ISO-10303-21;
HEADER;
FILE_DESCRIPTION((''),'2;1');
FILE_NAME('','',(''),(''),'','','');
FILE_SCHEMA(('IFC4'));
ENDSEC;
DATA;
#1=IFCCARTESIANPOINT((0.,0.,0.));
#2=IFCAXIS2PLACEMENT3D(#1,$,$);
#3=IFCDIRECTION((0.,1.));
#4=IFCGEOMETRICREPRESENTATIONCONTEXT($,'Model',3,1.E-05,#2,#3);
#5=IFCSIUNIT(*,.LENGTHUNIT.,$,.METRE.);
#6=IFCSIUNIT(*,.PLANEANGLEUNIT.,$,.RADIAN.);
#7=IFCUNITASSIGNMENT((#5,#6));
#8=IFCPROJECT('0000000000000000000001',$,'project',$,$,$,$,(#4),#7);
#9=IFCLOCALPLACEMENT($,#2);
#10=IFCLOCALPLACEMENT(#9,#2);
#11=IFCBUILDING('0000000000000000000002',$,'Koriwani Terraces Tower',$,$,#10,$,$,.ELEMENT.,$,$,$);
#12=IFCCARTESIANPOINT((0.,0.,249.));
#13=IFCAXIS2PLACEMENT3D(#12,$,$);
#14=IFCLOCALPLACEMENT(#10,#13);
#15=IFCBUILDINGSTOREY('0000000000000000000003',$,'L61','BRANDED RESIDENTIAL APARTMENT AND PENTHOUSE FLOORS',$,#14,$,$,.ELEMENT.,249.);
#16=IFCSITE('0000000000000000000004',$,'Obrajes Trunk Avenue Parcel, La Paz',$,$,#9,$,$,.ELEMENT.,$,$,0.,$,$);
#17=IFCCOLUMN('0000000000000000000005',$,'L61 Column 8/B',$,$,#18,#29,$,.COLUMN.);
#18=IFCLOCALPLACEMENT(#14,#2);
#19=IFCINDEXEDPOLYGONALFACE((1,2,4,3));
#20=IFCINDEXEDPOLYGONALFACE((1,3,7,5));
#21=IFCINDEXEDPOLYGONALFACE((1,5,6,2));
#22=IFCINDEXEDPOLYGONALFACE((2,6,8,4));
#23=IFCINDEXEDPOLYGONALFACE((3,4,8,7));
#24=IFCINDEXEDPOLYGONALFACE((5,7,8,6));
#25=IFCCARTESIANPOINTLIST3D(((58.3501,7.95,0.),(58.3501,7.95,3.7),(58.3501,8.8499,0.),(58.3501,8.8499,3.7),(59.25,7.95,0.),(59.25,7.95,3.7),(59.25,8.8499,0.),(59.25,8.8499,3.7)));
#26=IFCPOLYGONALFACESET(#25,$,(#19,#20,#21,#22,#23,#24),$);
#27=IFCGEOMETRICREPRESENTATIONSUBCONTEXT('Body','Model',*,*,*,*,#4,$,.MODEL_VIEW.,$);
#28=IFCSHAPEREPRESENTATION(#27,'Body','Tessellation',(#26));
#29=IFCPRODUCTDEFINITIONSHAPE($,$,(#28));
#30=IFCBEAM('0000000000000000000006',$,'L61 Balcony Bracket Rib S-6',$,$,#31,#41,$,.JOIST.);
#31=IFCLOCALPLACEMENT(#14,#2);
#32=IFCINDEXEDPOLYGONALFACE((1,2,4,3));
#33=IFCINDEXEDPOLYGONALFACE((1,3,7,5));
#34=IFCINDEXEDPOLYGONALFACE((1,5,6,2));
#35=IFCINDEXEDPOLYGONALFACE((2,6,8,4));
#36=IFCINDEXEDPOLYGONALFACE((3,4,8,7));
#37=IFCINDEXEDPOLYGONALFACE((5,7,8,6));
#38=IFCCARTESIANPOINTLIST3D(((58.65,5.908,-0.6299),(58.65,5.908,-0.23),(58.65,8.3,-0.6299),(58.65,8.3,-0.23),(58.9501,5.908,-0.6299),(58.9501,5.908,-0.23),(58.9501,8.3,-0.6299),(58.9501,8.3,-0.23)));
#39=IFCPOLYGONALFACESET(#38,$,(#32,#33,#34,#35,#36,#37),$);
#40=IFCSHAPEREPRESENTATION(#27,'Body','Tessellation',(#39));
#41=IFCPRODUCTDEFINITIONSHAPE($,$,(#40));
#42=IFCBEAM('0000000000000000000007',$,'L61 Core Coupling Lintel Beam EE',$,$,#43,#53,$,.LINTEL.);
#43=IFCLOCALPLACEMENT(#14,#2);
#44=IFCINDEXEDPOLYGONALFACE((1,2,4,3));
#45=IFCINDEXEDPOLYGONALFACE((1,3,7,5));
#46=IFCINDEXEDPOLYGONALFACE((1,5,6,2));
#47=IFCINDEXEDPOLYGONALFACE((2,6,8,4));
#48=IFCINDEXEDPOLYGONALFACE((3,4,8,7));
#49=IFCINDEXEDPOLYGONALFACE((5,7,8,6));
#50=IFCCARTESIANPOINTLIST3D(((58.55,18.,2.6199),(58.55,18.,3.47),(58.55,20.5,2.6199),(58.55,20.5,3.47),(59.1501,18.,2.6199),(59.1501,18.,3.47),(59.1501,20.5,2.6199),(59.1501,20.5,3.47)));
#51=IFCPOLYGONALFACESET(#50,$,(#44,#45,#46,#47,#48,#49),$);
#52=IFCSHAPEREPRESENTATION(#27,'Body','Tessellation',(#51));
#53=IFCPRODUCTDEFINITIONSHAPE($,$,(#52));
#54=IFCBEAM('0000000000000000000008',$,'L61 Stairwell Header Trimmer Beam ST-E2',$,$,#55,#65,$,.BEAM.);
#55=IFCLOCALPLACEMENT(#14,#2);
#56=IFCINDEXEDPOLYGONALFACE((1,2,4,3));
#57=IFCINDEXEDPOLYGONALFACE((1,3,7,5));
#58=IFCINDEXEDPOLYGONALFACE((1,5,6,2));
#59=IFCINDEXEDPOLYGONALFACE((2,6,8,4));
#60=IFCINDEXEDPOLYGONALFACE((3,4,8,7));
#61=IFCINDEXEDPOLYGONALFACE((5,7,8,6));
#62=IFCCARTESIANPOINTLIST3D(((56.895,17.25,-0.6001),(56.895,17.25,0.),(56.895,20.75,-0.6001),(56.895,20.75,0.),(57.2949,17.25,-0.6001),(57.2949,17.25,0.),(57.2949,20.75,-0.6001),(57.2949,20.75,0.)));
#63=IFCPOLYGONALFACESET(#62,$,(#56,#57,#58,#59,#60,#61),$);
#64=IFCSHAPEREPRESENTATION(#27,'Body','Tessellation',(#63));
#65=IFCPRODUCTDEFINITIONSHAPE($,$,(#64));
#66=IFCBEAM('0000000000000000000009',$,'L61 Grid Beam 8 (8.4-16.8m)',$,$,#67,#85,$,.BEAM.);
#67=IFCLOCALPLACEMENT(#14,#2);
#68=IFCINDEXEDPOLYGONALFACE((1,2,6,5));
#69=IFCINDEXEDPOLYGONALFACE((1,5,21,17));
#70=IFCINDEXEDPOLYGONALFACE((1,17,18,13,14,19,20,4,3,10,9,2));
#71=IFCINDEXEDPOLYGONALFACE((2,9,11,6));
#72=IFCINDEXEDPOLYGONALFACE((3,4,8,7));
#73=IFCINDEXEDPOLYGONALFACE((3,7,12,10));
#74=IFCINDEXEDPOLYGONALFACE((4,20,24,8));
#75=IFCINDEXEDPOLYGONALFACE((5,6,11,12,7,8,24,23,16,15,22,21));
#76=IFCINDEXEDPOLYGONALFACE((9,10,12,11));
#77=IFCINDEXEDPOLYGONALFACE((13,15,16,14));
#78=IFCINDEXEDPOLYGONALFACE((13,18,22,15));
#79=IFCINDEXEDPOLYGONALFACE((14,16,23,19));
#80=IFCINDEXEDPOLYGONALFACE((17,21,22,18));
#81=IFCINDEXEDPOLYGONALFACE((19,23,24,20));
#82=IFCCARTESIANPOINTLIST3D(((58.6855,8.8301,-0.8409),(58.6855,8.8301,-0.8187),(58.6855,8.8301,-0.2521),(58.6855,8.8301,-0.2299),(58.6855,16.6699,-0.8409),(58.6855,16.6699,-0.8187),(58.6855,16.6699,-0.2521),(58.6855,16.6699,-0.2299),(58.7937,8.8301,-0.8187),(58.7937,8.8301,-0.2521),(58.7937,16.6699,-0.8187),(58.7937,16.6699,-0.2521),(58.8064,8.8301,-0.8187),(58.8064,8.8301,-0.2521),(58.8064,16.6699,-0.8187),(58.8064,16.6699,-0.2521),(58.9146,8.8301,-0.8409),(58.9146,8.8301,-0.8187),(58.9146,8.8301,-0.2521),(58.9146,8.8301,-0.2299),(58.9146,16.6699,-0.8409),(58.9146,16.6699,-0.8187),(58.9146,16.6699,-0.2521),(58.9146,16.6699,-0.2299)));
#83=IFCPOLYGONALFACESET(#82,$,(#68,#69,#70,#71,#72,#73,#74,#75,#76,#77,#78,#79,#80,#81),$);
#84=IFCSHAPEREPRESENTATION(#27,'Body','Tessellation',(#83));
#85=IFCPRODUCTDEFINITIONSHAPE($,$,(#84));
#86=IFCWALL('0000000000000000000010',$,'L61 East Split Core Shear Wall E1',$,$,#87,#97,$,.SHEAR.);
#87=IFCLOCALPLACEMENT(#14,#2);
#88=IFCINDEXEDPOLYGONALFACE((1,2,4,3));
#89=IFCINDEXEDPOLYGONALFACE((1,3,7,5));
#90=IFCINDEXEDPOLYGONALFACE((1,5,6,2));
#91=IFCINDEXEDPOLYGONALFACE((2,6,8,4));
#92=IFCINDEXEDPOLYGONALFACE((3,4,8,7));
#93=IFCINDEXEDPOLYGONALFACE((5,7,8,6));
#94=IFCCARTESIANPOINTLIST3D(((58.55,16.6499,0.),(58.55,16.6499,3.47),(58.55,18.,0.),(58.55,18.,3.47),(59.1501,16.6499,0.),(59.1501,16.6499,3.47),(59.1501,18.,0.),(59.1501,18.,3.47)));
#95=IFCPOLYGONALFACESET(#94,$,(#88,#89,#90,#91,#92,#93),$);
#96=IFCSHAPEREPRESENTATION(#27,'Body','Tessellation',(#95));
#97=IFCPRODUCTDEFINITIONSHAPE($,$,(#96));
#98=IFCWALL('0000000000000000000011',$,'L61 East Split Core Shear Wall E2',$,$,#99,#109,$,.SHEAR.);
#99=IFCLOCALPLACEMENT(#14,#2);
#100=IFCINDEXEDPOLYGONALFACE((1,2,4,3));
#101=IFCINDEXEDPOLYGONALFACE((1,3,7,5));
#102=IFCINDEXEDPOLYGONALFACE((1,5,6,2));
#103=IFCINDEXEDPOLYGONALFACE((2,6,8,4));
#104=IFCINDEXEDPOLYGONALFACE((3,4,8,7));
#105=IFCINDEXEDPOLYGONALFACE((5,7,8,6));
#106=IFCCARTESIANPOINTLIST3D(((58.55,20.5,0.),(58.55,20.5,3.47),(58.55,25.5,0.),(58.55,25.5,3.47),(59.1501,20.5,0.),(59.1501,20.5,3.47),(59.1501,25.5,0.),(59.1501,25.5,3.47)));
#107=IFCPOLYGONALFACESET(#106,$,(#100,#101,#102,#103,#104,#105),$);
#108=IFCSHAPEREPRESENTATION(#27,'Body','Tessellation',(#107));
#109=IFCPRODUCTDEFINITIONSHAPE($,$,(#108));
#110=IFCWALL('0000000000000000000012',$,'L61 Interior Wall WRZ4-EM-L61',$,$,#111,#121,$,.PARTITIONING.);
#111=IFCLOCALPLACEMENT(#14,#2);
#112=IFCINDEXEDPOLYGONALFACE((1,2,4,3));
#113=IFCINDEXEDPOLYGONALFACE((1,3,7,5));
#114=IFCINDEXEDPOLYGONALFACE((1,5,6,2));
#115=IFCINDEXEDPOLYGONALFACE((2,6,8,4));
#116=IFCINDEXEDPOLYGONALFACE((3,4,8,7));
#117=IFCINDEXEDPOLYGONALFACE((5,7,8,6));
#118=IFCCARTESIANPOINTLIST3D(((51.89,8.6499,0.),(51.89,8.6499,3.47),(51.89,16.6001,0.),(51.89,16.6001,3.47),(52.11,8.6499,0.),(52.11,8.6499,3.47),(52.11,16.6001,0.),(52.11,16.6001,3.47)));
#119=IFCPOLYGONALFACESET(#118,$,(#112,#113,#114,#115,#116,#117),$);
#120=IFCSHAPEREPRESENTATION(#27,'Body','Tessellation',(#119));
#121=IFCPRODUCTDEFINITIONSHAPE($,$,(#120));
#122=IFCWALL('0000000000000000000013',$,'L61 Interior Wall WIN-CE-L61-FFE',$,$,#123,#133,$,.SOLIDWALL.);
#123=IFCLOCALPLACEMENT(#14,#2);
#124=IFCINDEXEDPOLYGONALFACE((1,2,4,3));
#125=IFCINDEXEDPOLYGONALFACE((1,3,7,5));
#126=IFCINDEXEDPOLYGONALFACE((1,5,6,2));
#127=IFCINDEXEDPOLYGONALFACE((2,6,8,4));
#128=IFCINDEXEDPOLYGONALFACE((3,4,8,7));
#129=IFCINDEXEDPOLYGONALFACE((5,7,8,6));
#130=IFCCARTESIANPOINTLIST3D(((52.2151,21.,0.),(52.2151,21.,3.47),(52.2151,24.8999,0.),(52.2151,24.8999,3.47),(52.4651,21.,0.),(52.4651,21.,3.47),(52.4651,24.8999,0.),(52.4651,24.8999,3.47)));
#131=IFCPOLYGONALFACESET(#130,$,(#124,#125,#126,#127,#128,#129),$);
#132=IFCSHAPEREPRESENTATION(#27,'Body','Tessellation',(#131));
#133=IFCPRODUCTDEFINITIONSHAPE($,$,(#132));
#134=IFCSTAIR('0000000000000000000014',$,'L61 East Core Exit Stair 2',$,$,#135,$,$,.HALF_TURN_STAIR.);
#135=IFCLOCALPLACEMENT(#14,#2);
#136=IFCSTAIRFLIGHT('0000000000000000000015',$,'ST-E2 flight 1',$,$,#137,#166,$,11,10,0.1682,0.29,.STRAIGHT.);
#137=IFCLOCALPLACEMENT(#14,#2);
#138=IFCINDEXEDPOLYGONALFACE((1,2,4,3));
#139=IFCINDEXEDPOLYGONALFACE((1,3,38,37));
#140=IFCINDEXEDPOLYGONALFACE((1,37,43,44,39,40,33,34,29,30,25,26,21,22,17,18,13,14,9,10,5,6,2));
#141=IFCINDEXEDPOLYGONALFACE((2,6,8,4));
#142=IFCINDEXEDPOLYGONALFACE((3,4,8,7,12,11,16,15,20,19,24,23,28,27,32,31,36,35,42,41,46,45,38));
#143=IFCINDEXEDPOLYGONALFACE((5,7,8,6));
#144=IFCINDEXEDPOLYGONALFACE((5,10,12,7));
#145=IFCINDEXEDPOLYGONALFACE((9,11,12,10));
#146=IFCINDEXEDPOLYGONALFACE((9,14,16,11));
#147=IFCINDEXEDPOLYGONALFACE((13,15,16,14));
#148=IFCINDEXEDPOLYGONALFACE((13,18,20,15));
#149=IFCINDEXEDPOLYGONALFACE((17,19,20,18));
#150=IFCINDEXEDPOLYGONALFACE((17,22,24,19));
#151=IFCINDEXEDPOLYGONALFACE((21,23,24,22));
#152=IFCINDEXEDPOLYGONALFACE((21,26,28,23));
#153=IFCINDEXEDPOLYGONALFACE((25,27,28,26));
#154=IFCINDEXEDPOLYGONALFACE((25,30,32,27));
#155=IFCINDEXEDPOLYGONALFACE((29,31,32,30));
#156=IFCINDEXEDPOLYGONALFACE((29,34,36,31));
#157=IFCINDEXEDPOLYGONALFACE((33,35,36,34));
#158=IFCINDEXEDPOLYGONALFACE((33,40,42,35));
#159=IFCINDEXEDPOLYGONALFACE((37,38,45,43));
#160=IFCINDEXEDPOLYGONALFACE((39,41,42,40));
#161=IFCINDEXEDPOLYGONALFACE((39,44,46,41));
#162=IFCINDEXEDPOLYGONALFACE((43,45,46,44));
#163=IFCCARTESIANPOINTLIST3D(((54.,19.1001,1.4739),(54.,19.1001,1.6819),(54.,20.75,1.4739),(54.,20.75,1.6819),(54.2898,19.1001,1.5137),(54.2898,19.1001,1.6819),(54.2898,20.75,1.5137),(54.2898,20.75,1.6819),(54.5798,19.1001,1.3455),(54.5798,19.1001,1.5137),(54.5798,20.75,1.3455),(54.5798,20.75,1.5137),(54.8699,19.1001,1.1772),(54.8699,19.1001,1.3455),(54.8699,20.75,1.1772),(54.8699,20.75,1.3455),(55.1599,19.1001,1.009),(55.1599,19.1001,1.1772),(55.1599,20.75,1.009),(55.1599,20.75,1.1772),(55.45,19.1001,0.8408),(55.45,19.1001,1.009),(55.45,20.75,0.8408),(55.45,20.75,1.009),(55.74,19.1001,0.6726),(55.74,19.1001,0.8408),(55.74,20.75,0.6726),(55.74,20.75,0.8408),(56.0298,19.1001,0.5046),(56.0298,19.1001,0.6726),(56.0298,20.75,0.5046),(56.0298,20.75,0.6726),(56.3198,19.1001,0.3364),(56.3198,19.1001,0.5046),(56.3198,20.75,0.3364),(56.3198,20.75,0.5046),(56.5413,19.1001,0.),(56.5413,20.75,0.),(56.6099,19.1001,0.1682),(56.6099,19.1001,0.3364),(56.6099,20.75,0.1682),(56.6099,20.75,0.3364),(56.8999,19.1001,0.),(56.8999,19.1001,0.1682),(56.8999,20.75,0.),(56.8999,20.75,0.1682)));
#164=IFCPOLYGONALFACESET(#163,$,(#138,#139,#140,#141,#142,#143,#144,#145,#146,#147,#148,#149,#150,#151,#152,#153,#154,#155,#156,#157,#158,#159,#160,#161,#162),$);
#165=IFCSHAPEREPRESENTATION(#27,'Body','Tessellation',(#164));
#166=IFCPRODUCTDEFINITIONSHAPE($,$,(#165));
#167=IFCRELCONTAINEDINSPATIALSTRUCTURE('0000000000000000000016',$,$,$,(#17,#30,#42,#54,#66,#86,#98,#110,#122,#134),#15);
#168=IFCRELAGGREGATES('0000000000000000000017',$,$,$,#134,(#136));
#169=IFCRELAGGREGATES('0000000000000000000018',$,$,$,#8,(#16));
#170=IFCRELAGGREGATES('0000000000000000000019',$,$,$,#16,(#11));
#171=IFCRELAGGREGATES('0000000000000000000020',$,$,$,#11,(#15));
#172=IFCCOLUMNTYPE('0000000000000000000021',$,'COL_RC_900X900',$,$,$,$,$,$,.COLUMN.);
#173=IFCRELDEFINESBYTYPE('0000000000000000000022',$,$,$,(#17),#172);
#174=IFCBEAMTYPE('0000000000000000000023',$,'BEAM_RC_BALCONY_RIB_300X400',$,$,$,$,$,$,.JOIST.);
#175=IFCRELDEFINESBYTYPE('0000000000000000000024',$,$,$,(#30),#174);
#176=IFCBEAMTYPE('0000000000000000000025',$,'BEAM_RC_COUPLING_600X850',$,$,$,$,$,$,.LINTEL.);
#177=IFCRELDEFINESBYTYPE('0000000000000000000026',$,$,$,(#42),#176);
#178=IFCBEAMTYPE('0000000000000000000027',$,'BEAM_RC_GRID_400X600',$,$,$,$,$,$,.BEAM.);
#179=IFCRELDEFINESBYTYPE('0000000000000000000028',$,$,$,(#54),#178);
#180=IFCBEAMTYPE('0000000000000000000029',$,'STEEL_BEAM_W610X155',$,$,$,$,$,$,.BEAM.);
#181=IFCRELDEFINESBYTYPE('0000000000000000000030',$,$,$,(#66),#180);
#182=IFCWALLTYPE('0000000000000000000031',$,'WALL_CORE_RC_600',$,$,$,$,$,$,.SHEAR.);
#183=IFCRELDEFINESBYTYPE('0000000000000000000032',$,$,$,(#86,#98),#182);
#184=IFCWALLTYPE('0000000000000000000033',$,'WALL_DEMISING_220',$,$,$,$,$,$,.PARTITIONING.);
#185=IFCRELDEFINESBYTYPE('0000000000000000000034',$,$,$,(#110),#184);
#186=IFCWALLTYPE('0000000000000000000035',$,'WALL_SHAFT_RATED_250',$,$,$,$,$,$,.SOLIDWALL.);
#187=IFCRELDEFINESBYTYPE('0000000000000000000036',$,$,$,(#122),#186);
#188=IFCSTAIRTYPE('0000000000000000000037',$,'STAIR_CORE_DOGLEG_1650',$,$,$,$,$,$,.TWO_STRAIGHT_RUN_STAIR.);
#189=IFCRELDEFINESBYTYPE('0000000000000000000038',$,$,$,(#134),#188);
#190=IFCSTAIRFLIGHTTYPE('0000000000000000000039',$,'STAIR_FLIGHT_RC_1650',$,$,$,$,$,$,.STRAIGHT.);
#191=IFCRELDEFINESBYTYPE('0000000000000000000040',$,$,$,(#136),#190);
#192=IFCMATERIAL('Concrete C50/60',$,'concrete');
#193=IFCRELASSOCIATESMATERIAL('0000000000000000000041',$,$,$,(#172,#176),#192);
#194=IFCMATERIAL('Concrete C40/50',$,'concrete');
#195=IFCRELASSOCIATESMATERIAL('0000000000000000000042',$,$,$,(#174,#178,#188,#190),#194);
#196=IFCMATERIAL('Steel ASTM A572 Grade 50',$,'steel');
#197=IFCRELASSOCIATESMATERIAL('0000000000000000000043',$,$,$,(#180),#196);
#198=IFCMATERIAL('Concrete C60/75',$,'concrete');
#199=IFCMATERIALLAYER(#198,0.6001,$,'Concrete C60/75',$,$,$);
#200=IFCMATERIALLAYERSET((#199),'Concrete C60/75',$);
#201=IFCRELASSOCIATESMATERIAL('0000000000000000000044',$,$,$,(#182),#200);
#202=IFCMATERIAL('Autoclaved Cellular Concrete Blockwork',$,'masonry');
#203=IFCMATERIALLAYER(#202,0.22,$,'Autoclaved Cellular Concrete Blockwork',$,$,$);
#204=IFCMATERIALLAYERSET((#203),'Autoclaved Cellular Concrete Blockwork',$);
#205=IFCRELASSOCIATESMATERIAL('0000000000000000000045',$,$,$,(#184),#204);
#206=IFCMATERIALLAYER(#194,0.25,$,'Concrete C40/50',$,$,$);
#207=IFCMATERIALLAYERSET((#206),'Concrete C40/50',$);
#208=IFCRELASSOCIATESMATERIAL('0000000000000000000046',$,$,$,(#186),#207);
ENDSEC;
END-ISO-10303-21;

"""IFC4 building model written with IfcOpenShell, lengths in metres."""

from ifc_helpers import new_model, si_unit, direction, frame, frame_2d, origin, origin_2d, place, context, subcontext, project, spatial, polyline, rectangle, i_section, outline, extrude, material, layer, layer_set, material_profile, profile_set, type_object, element, aggregate, save


model = new_model("IFC4")

# Units and contexts
model_context = context("Model", 3, precision=1e-05, world=origin(), true_north=direction((0.0, 1.0)))
body_context = subcontext(model_context, "Body", "Model", "MODEL_VIEW")
ifc_project = project(units=[si_unit("LENGTHUNIT", "METRE"), si_unit("PLANEANGLEUNIT", "RADIAN")], contexts=[model_context])

# Site, building, storey
site_placement = place(None, origin())
site = spatial("IfcSite", under=ifc_project, at=site_placement, Name="Obrajes Trunk Avenue Parcel, La Paz", CompositionType="ELEMENT", RefElevation=0.0)
building_placement = place(site_placement, origin())
building = spatial("IfcBuilding", under=site, at=building_placement, Name="Koriwani Terraces Tower", CompositionType="ELEMENT")
storey_placement = place(building_placement, frame((0.0, 0.0, 249.0)))
storey = spatial("IfcBuildingStorey", under=building, at=storey_placement, Name="L61", Description="BRANDED RESIDENTIAL APARTMENT AND PENTHOUSE FLOORS", CompositionType="ELEMENT", Elevation=249.0)

# Column
ifc_material_1 = material(Name="Concrete C50/60", Category="concrete")
ifc_material_profile_1 = material_profile(ifc_material_1, rectangle(XDim=0.8999, YDim=0.8999, at=origin_2d()), Name="Concrete C50/60", Category="LoadBearing")
ifc_profile_set_1 = profile_set([ifc_material_profile_1], Name="Concrete C50/60")
column_type = type_object("IfcColumnType", Name="COL_RC_900X900", PredefinedType="COLUMN", material=ifc_profile_set_1)
column_placement = place(storey_placement, frame((58.8, 8.3999, 0.0), z_axis=(0.0, 0.0, 1.0), x_axis=(1.0, 0.0, 0.0)))
element("IfcColumn", 1, at=column_placement, inside=storey, type_object=column_type, Name="L61 Column 8/B", PredefinedType="COLUMN", context=body_context, shape_type="SweptSolid", body=[
    extrude(rectangle(XDim=0.8999, YDim=0.8999, at=origin_2d()), origin(), (0.0, 0.0, 1.0), 3.7),
])

# Beams
ifc_material_2 = material(Name="Concrete C40/50", Category="concrete")
ifc_material_profile_2 = material_profile(ifc_material_2, rectangle(XDim=0.3, YDim=0.3999, at=origin_2d()), Name="Concrete C40/50", Category="LoadBearing")
ifc_profile_set_2 = profile_set([ifc_material_profile_2], Name="Concrete C40/50")
beam_type_1 = type_object("IfcBeamType", Name="BEAM_RC_BALCONY_RIB_300X400", PredefinedType="JOIST", material=ifc_profile_set_2)
beam_1_placement = place(storey_placement, frame((58.8, 5.908, -0.4299), z_axis=(0.0, 1.0, 0.0), x_axis=(-1.0, 0.0, 0.0)))
element("IfcBeam", 2, at=beam_1_placement, inside=storey, type_object=beam_type_1, Name="L61 Balcony Bracket Rib S-6", PredefinedType="JOIST", context=body_context, shape_type="SweptSolid", body=[
    extrude(rectangle(XDim=0.3, YDim=0.3999, at=origin_2d()), origin(), (0.0, 0.0, 1.0), 2.3921),
])
ifc_material_profile_3 = material_profile(ifc_material_1, rectangle(XDim=0.6001, YDim=0.8501, at=origin_2d()), Name="Concrete C50/60", Category="LoadBearing")
ifc_profile_set_3 = profile_set([ifc_material_profile_3], Name="Concrete C50/60")
beam_type_2 = type_object("IfcBeamType", Name="BEAM_RC_COUPLING_600X850", PredefinedType="LINTEL", material=ifc_profile_set_3)
beam_2_placement = place(storey_placement, frame((58.8501, 18.0, 3.0449), z_axis=(0.0, 1.0, 0.0), x_axis=(-1.0, 0.0, 0.0)))
element("IfcBeam", 3, at=beam_2_placement, inside=storey, type_object=beam_type_2, Name="L61 Core Coupling Lintel Beam EE", PredefinedType="LINTEL", context=body_context, shape_type="SweptSolid", body=[
    extrude(rectangle(XDim=0.6001, YDim=0.8501, at=origin_2d()), origin(), (0.0, 0.0, 1.0), 2.5),
])
ifc_material_profile_4 = material_profile(ifc_material_2, rectangle(XDim=0.3999, YDim=0.6001, at=origin_2d()), Name="Concrete C40/50", Category="LoadBearing")
ifc_profile_set_4 = profile_set([ifc_material_profile_4], Name="Concrete C40/50")
beam_type_3 = type_object("IfcBeamType", Name="BEAM_RC_GRID_400X600", PredefinedType="BEAM", material=ifc_profile_set_4)
beam_3_placement = place(storey_placement, frame((57.095, 17.25, -0.3), z_axis=(0.0, 1.0, 0.0), x_axis=(-1.0, 0.0, 0.0)))
element("IfcBeam", 4, at=beam_3_placement, inside=storey, type_object=beam_type_3, Name="L61 Stairwell Header Trimmer Beam ST-E2", PredefinedType="BEAM", context=body_context, shape_type="SweptSolid", body=[
    extrude(rectangle(XDim=0.3999, YDim=0.6001, at=origin_2d()), origin(), (0.0, 0.0, 1.0), 3.5),
])
ifc_material_3 = material(Name="Steel ASTM A572 Grade 50", Category="steel")
ifc_material_profile_5 = material_profile(ifc_material_3, i_section(OverallWidth=0.229, OverallDepth=0.6111, WebThickness=0.0127, FlangeThickness=0.0222, at=origin_2d()), Name="Steel ASTM A572 Grade 50", Category="LoadBearing")
ifc_profile_set_5 = profile_set([ifc_material_profile_5], Name="Steel ASTM A572 Grade 50")
beam_type_4 = type_object("IfcBeamType", Name="STEEL_BEAM_W610X155", PredefinedType="BEAM", material=ifc_profile_set_5)
beam_4_placement = place(storey_placement, frame((58.8, 8.8301, -0.5354), z_axis=(0.0, 1.0, 0.0), x_axis=(-1.0, 0.0, 0.0)))
element("IfcBeam", 5, at=beam_4_placement, inside=storey, type_object=beam_type_4, Name="L61 Grid Beam 8 (8.4-16.8m)", PredefinedType="BEAM", context=body_context, shape_type="SweptSolid", body=[
    extrude(i_section(OverallWidth=0.229, OverallDepth=0.6111, WebThickness=0.0127, FlangeThickness=0.0222, at=origin_2d()), origin(), (0.0, 0.0, 1.0), 7.8398),
])

# Walls
ifc_material_4 = material(Name="Concrete C60/75", Category="concrete")
ifc_layer_1 = layer(ifc_material_4, 0.6001, Name="Concrete C60/75")
ifc_layer_set_1 = layer_set([ifc_layer_1], Name="Concrete C60/75")
wall_type_1 = type_object("IfcWallType", Name="WALL_CORE_RC_600", PredefinedType="SHEAR", material=ifc_layer_set_1)
wall_1_placement = place(storey_placement, frame((58.8501, 16.6499, 0.0), z_axis=(0.0, 0.0, 1.0), x_axis=(0.0, 1.0, 0.0)))
element("IfcWall", 6, at=wall_1_placement, inside=storey, type_object=wall_type_1, Name="L61 East Split Core Shear Wall E1", PredefinedType="SHEAR", context=body_context, shape_type="SweptSolid", body=[
    extrude(rectangle(XDim=1.3501, YDim=0.6001, at=frame_2d((0.675, 0.0))), origin(), (0.0, 0.0, 1.0), 3.47),
])
wall_2_placement = place(storey_placement, frame((58.8501, 20.5, 0.0), z_axis=(0.0, 0.0, 1.0), x_axis=(0.0, 1.0, 0.0)))
element("IfcWall", 7, at=wall_2_placement, inside=storey, type_object=wall_type_1, Name="L61 East Split Core Shear Wall E2", PredefinedType="SHEAR", context=body_context, shape_type="SweptSolid", body=[
    extrude(rectangle(XDim=5.0, YDim=0.6001, at=frame_2d((2.5, 0.0))), origin(), (0.0, 0.0, 1.0), 3.47),
])
ifc_material_5 = material(Name="Autoclaved Cellular Concrete Blockwork", Category="masonry")
ifc_layer_2 = layer(ifc_material_5, 0.22, Name="Autoclaved Cellular Concrete Blockwork")
ifc_layer_set_2 = layer_set([ifc_layer_2], Name="Autoclaved Cellular Concrete Blockwork")
wall_type_2 = type_object("IfcWallType", Name="WALL_DEMISING_220", PredefinedType="PARTITIONING", material=ifc_layer_set_2)
wall_3_placement = place(storey_placement, frame((52.0, 8.6499, 0.0), z_axis=(0.0, 0.0, 1.0), x_axis=(0.0, 1.0, 0.0)))
element("IfcWall", 8, at=wall_3_placement, inside=storey, type_object=wall_type_2, Name="L61 Interior Wall WRZ4-EM-L61", PredefinedType="PARTITIONING", context=body_context, shape_type="SweptSolid", body=[
    extrude(rectangle(XDim=7.9502, YDim=0.22, at=frame_2d((3.9751, 0.0))), origin(), (0.0, 0.0, 1.0), 3.47),
])

# Shared definitions
ifc_layer_3 = layer(ifc_material_2, 0.25, Name="Concrete C40/50")
ifc_layer_set_3 = layer_set([ifc_layer_3], Name="Concrete C40/50")
wall_type_3 = type_object("IfcWallType", Name="WALL_SHAFT_RATED_250", PredefinedType="SOLIDWALL", material=ifc_layer_set_3)

# Wall
wall_4_placement = place(storey_placement, frame((52.3401, 21.0, 0.0), z_axis=(0.0, 0.0, 1.0), x_axis=(0.0, 1.0, 0.0)))
element("IfcWall", 9, at=wall_4_placement, inside=storey, type_object=wall_type_3, Name="L61 Interior Wall WIN-CE-L61-FFE", PredefinedType="SOLIDWALL", context=body_context, shape_type="SweptSolid", body=[
    extrude(rectangle(XDim=3.8999, YDim=0.25, at=frame_2d((1.95, 0.0))), origin(), (0.0, 0.0, 1.0), 3.47),
])

# Stair, stair flight
stair_type = type_object("IfcStairType", Name="STAIR_CORE_DOGLEG_1650", PredefinedType="TWO_STRAIGHT_RUN_STAIR", material=ifc_material_2)
stair_placement = place(storey_placement, origin())
stair = element("IfcStair", 10, at=stair_placement, inside=storey, type_object=stair_type, Name="L61 East Core Exit Stair 2", PredefinedType="HALF_TURN_STAIR")
stair_flight_type = type_object("IfcStairFlightType", Name="STAIR_FLIGHT_RC_1650", PredefinedType="STRAIGHT", material=ifc_material_2)
stair_flight_1_placement = place(storey_placement, frame((56.8999, 19.925, 0.0), z_axis=(0.0, 0.0, 1.0), x_axis=(-1.0, 0.0, 0.0)))
stair_flight_1 = element("IfcStairFlight", 11, at=stair_flight_1_placement, type_object=stair_flight_type, Name="ST-E2 flight 1", NumberOfRisers=11, NumberOfTreads=10, PredefinedType="STRAIGHT", RiserHeight=0.1682, TreadLength=0.29, context=body_context, shape_type="SweptSolid", body=[
    extrude(outline(polyline([(0.0, 0.0), (0.0, 0.1682), (0.29, 0.1682), (0.29, 0.3364), (0.5801, 0.3364), (0.5801, 0.5046), (0.8701, 0.5046), (0.8701, 0.6726), (1.1599, 0.6726), (1.1599, 0.8408), (1.45, 0.8408), (1.45, 1.009), (1.74, 1.009), (1.74, 1.1772), (2.03, 1.1772), (2.03, 1.3455), (2.3201, 1.3455), (2.3201, 1.5137), (2.6101, 1.5137), (2.6101, 1.6819), (2.8999, 1.6819), (2.8999, 1.8501), (2.8999, 1.4739), (0.3586, 0.0), (0.0, 0.0)])), frame((0.0, 0.825, 0.0), z_axis=(0.0, -1.0, 0.0), x_axis=(1.0, 0.0, 0.0)), (0.0, 0.0, 1.0), 1.6499),
])
aggregate(stair, [stair_flight_1])

save(model, "model.ifc")
